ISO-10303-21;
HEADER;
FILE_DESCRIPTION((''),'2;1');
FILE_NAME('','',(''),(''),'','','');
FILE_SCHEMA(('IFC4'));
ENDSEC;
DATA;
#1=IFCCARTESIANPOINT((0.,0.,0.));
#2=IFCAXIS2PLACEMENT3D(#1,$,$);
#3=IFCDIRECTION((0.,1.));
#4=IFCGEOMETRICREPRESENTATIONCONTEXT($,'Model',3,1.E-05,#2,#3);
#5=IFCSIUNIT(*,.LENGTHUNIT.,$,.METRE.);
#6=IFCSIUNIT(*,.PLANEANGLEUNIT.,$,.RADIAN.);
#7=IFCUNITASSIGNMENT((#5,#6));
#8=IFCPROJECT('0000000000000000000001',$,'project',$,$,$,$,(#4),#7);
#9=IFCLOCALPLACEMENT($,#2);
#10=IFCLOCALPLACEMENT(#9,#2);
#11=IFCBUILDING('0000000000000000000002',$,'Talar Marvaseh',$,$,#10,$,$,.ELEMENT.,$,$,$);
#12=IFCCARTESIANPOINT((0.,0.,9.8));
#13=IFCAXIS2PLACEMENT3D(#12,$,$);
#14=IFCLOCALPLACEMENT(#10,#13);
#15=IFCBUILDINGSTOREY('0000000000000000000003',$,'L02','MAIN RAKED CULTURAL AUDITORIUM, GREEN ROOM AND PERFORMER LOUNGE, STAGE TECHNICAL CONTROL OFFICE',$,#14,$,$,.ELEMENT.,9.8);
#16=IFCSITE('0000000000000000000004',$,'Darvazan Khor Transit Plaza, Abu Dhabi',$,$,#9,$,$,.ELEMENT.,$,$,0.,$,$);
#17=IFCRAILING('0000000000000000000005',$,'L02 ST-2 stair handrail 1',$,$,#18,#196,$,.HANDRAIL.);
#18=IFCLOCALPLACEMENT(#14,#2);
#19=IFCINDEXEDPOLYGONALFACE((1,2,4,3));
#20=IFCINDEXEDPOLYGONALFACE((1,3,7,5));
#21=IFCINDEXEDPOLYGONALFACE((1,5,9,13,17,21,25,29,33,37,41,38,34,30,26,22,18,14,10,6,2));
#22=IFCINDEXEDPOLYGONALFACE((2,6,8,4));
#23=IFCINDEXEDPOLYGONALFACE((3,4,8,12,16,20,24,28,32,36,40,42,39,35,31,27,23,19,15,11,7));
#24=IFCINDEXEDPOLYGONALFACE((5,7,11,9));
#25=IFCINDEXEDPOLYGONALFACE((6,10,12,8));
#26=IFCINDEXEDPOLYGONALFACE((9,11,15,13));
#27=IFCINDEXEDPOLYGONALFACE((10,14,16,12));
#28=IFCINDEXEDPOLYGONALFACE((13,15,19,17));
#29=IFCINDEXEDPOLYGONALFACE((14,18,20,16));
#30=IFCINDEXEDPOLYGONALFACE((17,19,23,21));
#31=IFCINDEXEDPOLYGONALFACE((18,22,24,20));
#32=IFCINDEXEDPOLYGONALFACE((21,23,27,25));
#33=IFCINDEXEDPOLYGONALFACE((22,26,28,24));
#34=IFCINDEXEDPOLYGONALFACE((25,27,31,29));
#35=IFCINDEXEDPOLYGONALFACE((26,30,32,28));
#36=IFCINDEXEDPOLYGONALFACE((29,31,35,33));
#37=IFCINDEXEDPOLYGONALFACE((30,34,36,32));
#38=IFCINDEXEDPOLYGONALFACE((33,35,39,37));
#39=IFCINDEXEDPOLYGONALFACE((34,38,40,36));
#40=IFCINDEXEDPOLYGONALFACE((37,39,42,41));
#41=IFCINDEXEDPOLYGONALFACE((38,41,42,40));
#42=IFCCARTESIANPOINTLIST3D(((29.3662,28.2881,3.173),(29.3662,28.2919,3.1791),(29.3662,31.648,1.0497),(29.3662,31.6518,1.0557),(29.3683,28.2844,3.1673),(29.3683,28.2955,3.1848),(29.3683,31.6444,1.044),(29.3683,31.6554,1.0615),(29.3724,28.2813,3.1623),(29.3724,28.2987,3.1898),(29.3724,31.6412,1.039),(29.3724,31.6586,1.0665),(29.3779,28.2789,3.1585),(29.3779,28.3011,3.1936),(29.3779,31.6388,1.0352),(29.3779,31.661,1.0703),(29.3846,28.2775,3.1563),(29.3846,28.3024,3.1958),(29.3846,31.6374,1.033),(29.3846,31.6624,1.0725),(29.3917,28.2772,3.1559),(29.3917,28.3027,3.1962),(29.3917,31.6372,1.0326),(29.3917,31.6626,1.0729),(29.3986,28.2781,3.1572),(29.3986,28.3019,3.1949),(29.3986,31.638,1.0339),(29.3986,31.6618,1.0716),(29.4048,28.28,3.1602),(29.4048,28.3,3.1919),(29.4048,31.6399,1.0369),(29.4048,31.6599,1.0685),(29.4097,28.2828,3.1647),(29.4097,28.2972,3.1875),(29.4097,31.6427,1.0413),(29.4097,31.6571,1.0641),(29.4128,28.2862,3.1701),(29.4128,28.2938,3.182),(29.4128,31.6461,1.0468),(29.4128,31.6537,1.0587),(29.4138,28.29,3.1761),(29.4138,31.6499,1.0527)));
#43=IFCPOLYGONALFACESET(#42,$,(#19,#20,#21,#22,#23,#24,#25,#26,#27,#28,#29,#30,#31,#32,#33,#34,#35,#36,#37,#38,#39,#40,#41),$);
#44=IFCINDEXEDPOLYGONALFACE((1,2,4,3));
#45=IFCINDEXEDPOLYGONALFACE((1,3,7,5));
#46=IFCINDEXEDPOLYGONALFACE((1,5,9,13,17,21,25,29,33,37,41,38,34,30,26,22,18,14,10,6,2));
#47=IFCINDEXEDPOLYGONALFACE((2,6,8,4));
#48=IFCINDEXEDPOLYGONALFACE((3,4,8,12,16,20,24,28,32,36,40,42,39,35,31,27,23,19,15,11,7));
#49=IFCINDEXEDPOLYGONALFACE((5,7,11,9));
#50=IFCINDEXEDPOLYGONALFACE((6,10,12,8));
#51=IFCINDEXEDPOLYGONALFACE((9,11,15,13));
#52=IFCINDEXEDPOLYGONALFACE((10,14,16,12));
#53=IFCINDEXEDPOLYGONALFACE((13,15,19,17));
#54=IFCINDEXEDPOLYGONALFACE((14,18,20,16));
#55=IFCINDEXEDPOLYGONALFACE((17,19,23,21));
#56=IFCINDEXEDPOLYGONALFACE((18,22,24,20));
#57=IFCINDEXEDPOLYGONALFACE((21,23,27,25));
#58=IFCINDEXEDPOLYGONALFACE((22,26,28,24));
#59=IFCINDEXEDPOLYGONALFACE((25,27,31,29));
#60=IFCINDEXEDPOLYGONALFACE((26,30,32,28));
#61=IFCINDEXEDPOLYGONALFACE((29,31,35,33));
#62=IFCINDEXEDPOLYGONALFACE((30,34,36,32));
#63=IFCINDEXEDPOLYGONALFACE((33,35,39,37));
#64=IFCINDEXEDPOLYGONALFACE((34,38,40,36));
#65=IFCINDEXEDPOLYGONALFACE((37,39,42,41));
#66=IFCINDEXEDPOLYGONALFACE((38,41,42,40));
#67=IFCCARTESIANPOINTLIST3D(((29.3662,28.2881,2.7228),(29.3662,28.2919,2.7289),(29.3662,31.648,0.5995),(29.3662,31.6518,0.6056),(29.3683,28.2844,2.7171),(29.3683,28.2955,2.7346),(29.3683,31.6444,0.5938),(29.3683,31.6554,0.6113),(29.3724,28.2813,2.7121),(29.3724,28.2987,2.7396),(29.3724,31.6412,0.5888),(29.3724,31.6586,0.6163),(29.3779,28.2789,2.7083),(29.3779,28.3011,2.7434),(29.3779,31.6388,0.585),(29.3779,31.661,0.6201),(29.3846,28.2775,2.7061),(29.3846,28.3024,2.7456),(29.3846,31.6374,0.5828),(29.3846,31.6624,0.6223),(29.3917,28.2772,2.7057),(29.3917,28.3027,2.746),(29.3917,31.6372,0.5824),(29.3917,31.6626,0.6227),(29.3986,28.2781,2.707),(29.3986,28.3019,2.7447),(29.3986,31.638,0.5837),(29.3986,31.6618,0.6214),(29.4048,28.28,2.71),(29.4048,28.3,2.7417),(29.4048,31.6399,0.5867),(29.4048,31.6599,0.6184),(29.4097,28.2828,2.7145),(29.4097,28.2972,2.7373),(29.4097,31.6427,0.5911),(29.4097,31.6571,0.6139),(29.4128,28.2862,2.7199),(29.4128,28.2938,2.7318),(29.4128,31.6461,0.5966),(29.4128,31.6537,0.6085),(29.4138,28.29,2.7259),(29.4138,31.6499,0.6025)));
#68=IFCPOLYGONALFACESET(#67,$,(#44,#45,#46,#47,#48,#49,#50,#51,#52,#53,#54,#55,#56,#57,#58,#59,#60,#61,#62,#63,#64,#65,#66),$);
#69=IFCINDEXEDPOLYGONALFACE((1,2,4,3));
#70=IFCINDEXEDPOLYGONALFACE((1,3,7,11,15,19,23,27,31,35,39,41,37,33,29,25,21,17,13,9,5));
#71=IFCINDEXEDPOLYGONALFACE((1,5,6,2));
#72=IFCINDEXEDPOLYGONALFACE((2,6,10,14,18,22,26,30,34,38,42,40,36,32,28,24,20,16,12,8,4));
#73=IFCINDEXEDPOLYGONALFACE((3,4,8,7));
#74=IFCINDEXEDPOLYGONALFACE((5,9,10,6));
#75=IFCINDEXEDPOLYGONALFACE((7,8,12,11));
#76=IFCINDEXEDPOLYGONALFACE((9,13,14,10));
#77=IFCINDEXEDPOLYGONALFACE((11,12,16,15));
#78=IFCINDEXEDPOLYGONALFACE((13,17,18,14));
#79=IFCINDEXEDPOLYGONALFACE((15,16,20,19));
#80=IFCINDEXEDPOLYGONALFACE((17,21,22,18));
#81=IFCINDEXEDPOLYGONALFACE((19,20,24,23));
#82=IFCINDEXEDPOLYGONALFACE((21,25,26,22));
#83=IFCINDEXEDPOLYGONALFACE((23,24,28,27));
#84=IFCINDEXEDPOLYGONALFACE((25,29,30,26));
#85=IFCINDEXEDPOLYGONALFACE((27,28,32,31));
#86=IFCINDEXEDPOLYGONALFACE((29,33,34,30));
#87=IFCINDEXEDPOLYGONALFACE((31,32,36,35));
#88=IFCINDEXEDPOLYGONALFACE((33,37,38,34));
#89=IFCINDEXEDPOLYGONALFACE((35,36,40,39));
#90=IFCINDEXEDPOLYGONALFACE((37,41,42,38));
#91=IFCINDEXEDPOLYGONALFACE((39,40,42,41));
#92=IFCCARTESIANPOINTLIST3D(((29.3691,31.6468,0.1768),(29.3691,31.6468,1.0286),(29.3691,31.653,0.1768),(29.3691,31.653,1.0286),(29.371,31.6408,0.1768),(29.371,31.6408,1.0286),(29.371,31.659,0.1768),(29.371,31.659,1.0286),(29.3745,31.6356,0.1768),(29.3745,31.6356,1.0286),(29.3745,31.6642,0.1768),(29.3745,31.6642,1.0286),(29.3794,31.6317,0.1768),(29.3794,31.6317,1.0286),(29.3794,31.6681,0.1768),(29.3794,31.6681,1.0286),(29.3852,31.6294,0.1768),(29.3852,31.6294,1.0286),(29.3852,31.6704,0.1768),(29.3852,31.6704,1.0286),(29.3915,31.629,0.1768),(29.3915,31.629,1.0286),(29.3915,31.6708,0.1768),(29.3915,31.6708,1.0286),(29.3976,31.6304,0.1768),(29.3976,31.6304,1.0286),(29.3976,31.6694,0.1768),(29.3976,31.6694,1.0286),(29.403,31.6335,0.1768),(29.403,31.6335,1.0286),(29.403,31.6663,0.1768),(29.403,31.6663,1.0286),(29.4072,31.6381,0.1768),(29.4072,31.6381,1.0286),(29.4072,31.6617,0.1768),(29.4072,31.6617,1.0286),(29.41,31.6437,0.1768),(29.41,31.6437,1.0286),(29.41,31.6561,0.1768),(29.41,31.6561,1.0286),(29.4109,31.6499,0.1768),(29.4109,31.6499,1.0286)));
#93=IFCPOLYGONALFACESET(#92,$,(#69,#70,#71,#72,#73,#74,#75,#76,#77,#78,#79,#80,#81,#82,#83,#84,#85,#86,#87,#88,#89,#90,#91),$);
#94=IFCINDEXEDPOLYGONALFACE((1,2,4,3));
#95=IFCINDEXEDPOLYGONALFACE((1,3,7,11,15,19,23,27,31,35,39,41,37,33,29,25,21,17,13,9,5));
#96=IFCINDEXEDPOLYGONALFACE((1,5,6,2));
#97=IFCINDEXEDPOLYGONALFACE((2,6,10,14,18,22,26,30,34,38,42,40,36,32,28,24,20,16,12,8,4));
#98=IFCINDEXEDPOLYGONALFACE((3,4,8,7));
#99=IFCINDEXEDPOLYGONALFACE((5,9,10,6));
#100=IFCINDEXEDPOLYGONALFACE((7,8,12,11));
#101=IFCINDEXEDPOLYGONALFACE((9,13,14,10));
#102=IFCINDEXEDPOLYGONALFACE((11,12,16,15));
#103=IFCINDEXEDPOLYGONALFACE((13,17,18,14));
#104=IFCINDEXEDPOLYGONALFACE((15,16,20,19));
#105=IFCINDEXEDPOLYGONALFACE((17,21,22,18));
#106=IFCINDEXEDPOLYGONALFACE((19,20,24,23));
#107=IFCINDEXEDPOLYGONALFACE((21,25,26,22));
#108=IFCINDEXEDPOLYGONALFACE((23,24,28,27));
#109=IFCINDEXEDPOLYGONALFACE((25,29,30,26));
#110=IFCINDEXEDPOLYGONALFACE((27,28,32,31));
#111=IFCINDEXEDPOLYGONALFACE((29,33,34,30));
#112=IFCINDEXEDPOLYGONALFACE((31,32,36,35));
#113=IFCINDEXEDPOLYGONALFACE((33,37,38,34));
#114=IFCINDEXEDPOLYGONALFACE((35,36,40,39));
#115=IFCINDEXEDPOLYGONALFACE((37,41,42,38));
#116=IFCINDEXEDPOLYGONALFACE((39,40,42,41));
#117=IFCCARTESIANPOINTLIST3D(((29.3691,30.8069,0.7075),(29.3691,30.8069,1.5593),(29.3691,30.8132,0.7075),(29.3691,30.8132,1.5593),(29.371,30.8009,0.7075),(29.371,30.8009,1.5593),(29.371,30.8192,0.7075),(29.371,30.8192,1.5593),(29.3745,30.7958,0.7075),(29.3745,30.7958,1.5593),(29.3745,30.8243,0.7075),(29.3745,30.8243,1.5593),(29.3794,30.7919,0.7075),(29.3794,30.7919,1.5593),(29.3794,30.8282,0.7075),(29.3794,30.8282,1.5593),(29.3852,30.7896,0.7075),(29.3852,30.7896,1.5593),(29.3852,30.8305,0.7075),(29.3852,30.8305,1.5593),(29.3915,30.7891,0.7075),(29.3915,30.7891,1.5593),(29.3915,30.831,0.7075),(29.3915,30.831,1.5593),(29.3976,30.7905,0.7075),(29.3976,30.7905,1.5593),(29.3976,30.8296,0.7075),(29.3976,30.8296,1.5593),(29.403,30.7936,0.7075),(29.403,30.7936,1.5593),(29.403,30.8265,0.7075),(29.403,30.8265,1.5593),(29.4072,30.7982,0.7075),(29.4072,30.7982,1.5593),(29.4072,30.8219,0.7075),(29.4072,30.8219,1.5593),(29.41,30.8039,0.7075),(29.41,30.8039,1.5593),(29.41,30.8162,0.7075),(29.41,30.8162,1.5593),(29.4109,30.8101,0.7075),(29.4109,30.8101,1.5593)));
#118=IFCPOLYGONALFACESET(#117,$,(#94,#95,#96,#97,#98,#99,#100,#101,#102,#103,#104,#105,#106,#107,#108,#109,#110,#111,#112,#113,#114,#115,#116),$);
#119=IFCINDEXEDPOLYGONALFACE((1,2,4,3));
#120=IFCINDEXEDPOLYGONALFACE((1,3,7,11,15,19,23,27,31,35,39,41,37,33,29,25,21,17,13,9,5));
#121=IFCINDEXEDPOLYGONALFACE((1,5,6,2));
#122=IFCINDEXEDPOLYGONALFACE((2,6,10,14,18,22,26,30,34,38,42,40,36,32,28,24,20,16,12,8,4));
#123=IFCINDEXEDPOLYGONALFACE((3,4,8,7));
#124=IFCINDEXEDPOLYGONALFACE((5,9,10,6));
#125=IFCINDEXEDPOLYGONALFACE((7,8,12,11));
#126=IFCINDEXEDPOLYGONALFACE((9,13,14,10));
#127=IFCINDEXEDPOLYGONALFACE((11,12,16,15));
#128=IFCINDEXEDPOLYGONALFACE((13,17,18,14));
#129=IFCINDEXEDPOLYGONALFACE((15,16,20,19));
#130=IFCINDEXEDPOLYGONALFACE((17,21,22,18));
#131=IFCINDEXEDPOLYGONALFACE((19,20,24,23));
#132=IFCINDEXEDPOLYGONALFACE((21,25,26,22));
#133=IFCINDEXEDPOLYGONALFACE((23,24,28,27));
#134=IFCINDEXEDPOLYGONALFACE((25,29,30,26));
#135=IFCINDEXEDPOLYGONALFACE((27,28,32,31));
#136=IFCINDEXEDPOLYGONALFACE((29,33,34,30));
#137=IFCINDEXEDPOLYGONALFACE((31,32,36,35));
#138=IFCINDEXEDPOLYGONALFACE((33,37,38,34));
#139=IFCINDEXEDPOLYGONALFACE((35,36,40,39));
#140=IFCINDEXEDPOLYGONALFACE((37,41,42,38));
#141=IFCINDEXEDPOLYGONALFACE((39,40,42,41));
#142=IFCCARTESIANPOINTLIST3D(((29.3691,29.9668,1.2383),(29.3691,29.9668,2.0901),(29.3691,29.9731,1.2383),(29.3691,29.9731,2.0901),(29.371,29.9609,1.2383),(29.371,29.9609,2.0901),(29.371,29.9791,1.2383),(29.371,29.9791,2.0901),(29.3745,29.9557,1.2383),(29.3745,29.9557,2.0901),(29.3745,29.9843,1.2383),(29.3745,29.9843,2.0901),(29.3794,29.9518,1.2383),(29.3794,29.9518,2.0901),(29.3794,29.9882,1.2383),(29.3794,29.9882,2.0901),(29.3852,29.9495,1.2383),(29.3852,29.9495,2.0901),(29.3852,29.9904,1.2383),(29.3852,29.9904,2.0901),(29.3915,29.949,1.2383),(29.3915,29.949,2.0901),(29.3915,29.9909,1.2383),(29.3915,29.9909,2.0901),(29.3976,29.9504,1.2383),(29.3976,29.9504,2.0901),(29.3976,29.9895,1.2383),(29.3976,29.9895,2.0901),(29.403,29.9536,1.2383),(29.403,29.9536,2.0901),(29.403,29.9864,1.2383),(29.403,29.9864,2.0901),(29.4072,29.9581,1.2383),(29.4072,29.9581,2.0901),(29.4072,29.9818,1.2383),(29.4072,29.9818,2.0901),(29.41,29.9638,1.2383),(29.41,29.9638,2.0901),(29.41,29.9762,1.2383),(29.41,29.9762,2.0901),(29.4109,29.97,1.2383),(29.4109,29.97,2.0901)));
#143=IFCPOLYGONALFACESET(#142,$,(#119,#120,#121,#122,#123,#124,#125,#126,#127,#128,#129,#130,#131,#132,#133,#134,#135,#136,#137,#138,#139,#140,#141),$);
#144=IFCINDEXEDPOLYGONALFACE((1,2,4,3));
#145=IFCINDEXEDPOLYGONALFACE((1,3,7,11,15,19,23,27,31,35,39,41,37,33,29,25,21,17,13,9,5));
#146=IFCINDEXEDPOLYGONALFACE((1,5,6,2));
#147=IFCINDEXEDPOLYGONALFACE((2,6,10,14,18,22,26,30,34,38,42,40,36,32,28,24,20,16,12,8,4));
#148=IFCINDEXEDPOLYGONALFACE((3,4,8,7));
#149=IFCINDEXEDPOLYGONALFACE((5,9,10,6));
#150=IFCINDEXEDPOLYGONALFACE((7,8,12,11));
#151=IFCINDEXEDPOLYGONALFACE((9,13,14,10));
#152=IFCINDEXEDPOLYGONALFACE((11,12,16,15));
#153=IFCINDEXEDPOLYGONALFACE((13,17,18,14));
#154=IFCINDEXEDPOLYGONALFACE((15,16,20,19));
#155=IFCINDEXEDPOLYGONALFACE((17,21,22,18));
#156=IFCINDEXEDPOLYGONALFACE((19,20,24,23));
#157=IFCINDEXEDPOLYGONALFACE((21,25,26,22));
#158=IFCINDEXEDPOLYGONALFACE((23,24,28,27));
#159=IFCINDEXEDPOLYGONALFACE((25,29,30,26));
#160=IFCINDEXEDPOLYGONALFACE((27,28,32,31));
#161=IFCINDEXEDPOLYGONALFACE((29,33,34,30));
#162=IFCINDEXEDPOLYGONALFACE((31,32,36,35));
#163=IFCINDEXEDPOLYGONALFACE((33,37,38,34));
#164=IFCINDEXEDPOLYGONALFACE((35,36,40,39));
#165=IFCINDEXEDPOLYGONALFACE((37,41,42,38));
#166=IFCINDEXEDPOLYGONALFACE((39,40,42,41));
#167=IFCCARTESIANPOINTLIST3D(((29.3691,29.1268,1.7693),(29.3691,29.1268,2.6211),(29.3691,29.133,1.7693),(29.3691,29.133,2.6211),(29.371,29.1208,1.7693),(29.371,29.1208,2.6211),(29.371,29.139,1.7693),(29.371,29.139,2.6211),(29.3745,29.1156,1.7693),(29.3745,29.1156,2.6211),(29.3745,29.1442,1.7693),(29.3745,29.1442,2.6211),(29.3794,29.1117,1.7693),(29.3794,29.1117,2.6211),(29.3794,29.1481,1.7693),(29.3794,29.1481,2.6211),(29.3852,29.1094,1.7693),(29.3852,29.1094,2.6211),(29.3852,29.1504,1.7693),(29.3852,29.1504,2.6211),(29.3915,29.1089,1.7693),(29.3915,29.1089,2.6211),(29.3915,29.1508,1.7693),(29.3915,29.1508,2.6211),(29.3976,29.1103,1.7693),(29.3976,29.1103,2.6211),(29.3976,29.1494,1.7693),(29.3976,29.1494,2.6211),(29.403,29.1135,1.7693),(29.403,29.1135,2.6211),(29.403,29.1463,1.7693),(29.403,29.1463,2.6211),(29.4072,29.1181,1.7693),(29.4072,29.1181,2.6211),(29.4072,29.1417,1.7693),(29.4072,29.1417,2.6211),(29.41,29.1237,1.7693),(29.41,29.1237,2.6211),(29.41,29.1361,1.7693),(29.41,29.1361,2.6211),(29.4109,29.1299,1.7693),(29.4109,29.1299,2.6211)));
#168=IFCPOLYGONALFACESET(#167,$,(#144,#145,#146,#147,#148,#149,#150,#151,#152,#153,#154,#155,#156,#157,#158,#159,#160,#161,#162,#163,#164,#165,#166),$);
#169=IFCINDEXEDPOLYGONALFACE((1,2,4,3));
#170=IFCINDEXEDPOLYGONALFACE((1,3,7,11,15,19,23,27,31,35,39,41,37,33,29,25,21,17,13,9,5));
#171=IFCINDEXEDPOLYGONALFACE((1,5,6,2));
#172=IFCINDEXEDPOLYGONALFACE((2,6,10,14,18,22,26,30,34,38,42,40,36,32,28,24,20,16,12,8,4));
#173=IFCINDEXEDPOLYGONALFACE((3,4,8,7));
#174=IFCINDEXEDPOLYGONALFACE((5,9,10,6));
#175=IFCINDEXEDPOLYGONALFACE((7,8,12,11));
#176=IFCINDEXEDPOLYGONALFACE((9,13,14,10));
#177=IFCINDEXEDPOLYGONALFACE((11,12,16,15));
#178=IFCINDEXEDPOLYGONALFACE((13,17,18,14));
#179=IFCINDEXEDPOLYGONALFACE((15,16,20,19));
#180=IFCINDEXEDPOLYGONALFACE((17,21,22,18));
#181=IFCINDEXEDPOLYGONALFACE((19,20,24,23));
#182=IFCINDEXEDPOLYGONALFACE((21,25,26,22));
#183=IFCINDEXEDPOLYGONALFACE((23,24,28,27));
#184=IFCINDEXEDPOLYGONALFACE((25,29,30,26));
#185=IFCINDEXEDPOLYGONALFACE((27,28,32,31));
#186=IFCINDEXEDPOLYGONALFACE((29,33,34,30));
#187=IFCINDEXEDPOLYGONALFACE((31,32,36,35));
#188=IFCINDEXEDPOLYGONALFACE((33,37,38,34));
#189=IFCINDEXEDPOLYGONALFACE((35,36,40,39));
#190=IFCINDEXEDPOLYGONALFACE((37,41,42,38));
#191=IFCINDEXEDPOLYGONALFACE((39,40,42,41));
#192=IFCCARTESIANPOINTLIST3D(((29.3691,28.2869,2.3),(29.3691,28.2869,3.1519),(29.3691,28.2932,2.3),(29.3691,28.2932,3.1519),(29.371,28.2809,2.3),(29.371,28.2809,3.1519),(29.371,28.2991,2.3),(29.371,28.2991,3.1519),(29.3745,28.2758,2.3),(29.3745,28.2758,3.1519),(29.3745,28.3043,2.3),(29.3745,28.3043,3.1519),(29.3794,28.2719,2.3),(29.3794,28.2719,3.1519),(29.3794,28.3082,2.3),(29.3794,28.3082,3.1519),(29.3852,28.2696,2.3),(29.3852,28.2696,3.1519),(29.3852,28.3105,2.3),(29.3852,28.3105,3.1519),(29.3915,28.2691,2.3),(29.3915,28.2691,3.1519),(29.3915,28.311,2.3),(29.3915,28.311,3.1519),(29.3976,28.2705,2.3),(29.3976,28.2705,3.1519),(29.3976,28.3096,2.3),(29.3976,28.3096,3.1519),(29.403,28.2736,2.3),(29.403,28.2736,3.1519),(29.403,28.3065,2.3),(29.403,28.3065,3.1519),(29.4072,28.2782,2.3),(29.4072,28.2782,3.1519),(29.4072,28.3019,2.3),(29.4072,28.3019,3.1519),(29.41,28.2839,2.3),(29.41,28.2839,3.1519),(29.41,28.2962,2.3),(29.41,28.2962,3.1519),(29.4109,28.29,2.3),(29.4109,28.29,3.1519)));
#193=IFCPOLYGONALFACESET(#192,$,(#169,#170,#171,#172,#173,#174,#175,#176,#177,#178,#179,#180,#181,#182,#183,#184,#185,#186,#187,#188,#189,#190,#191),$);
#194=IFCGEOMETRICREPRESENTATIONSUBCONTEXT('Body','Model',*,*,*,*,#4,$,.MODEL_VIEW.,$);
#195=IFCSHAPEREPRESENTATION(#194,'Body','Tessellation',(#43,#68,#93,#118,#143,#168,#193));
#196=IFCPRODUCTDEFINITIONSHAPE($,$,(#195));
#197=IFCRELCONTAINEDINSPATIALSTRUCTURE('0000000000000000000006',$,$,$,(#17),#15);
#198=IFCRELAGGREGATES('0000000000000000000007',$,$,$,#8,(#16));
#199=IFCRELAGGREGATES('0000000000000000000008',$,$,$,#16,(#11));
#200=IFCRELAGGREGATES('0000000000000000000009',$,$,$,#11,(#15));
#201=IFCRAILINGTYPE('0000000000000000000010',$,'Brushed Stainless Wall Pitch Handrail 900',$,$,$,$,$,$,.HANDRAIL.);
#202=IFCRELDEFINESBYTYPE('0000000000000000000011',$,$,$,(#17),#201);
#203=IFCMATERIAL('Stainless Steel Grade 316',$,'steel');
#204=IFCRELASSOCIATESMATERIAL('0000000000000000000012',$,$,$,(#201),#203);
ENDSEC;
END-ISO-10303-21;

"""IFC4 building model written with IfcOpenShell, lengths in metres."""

from ifc_helpers import new_model, si_unit, direction, frame, origin, origin_2d, place, context, subcontext, project, spatial, circle, extrude, material, type_object, element, save


model = new_model("IFC4")

# Units and contexts
model_context = context("Model", 3, precision=1e-05, world=origin(), true_north=direction((0.0, 1.0)))
body_context = subcontext(model_context, "Body", "Model", "MODEL_VIEW")
ifc_project = project(units=[si_unit("LENGTHUNIT", "METRE"), si_unit("PLANEANGLEUNIT", "RADIAN")], contexts=[model_context])

# Site, building, storey
site_placement = place(None, origin())
site = spatial("IfcSite", under=ifc_project, at=site_placement, Name="Darvazan Khor Transit Plaza, Abu Dhabi", CompositionType="ELEMENT", RefElevation=0.0)
building_placement = place(site_placement, origin())
building = spatial("IfcBuilding", under=site, at=building_placement, Name="Talar Marvaseh", CompositionType="ELEMENT")
storey_placement = place(building_placement, frame((0.0, 0.0, 9.8)))
storey = spatial("IfcBuildingStorey", under=building, at=storey_placement, Name="L02", Description="MAIN RAKED CULTURAL AUDITORIUM, GREEN ROOM AND PERFORMER LOUNGE, STAGE TECHNICAL CONTROL OFFICE", CompositionType="ELEMENT", Elevation=9.8)

# Shared definitions
ifc_material_1 = material(Name="Stainless Steel Grade 316", Category="steel")

# Railing
railing_type_1 = type_object("IfcRailingType", Name="Brushed Stainless Wall Pitch Handrail 900", PredefinedType="HANDRAIL", material=ifc_material_1)
railing_1_placement = place(storey_placement, frame((29.3899, 31.6499, 0.1768)))
element("IfcRailing", 1, at=railing_1_placement, inside=storey, type_object=railing_type_1, Name="L02 ST-2 stair handrail 1", PredefinedType="HANDRAIL", context=body_context, shape_type="SweptSolid", body=[
    extrude(circle(Radius=0.0239, at=origin_2d()), frame((0.0, 0.0, 0.876), z_axis=(0.0, -0.845344, 0.534222), x_axis=(1.0, 0.0, 0.0)), (0.0, 0.0, 1.0), 3.9746),
    extrude(circle(Radius=0.0239, at=origin_2d()), frame((0.0, 0.0, 0.4258), z_axis=(0.0, -0.845344, 0.534222), x_axis=(1.0, 0.0, 0.0)), (0.0, 0.0, 1.0), 3.9746),
    extrude(circle(Radius=0.021, at=origin_2d()), origin(), (0.0, 0.0, 1.0), 0.8518),
    extrude(circle(Radius=0.021, at=origin_2d()), frame((0.0, -0.8398, 0.5308)), (0.0, 0.0, 1.0), 0.8518),
    extrude(circle(Radius=0.021, at=origin_2d()), frame((0.0, -1.6799, 1.0615)), (0.0, 0.0, 1.0), 0.8518),
    extrude(circle(Radius=0.021, at=origin_2d()), frame((0.0, -2.52, 1.5925)), (0.0, 0.0, 1.0), 0.8518),
    extrude(circle(Radius=0.021, at=origin_2d()), frame((0.0, -3.3599, 2.1233)), (0.0, 0.0, 1.0), 0.8518),
])

save(model, "model.ifc")
